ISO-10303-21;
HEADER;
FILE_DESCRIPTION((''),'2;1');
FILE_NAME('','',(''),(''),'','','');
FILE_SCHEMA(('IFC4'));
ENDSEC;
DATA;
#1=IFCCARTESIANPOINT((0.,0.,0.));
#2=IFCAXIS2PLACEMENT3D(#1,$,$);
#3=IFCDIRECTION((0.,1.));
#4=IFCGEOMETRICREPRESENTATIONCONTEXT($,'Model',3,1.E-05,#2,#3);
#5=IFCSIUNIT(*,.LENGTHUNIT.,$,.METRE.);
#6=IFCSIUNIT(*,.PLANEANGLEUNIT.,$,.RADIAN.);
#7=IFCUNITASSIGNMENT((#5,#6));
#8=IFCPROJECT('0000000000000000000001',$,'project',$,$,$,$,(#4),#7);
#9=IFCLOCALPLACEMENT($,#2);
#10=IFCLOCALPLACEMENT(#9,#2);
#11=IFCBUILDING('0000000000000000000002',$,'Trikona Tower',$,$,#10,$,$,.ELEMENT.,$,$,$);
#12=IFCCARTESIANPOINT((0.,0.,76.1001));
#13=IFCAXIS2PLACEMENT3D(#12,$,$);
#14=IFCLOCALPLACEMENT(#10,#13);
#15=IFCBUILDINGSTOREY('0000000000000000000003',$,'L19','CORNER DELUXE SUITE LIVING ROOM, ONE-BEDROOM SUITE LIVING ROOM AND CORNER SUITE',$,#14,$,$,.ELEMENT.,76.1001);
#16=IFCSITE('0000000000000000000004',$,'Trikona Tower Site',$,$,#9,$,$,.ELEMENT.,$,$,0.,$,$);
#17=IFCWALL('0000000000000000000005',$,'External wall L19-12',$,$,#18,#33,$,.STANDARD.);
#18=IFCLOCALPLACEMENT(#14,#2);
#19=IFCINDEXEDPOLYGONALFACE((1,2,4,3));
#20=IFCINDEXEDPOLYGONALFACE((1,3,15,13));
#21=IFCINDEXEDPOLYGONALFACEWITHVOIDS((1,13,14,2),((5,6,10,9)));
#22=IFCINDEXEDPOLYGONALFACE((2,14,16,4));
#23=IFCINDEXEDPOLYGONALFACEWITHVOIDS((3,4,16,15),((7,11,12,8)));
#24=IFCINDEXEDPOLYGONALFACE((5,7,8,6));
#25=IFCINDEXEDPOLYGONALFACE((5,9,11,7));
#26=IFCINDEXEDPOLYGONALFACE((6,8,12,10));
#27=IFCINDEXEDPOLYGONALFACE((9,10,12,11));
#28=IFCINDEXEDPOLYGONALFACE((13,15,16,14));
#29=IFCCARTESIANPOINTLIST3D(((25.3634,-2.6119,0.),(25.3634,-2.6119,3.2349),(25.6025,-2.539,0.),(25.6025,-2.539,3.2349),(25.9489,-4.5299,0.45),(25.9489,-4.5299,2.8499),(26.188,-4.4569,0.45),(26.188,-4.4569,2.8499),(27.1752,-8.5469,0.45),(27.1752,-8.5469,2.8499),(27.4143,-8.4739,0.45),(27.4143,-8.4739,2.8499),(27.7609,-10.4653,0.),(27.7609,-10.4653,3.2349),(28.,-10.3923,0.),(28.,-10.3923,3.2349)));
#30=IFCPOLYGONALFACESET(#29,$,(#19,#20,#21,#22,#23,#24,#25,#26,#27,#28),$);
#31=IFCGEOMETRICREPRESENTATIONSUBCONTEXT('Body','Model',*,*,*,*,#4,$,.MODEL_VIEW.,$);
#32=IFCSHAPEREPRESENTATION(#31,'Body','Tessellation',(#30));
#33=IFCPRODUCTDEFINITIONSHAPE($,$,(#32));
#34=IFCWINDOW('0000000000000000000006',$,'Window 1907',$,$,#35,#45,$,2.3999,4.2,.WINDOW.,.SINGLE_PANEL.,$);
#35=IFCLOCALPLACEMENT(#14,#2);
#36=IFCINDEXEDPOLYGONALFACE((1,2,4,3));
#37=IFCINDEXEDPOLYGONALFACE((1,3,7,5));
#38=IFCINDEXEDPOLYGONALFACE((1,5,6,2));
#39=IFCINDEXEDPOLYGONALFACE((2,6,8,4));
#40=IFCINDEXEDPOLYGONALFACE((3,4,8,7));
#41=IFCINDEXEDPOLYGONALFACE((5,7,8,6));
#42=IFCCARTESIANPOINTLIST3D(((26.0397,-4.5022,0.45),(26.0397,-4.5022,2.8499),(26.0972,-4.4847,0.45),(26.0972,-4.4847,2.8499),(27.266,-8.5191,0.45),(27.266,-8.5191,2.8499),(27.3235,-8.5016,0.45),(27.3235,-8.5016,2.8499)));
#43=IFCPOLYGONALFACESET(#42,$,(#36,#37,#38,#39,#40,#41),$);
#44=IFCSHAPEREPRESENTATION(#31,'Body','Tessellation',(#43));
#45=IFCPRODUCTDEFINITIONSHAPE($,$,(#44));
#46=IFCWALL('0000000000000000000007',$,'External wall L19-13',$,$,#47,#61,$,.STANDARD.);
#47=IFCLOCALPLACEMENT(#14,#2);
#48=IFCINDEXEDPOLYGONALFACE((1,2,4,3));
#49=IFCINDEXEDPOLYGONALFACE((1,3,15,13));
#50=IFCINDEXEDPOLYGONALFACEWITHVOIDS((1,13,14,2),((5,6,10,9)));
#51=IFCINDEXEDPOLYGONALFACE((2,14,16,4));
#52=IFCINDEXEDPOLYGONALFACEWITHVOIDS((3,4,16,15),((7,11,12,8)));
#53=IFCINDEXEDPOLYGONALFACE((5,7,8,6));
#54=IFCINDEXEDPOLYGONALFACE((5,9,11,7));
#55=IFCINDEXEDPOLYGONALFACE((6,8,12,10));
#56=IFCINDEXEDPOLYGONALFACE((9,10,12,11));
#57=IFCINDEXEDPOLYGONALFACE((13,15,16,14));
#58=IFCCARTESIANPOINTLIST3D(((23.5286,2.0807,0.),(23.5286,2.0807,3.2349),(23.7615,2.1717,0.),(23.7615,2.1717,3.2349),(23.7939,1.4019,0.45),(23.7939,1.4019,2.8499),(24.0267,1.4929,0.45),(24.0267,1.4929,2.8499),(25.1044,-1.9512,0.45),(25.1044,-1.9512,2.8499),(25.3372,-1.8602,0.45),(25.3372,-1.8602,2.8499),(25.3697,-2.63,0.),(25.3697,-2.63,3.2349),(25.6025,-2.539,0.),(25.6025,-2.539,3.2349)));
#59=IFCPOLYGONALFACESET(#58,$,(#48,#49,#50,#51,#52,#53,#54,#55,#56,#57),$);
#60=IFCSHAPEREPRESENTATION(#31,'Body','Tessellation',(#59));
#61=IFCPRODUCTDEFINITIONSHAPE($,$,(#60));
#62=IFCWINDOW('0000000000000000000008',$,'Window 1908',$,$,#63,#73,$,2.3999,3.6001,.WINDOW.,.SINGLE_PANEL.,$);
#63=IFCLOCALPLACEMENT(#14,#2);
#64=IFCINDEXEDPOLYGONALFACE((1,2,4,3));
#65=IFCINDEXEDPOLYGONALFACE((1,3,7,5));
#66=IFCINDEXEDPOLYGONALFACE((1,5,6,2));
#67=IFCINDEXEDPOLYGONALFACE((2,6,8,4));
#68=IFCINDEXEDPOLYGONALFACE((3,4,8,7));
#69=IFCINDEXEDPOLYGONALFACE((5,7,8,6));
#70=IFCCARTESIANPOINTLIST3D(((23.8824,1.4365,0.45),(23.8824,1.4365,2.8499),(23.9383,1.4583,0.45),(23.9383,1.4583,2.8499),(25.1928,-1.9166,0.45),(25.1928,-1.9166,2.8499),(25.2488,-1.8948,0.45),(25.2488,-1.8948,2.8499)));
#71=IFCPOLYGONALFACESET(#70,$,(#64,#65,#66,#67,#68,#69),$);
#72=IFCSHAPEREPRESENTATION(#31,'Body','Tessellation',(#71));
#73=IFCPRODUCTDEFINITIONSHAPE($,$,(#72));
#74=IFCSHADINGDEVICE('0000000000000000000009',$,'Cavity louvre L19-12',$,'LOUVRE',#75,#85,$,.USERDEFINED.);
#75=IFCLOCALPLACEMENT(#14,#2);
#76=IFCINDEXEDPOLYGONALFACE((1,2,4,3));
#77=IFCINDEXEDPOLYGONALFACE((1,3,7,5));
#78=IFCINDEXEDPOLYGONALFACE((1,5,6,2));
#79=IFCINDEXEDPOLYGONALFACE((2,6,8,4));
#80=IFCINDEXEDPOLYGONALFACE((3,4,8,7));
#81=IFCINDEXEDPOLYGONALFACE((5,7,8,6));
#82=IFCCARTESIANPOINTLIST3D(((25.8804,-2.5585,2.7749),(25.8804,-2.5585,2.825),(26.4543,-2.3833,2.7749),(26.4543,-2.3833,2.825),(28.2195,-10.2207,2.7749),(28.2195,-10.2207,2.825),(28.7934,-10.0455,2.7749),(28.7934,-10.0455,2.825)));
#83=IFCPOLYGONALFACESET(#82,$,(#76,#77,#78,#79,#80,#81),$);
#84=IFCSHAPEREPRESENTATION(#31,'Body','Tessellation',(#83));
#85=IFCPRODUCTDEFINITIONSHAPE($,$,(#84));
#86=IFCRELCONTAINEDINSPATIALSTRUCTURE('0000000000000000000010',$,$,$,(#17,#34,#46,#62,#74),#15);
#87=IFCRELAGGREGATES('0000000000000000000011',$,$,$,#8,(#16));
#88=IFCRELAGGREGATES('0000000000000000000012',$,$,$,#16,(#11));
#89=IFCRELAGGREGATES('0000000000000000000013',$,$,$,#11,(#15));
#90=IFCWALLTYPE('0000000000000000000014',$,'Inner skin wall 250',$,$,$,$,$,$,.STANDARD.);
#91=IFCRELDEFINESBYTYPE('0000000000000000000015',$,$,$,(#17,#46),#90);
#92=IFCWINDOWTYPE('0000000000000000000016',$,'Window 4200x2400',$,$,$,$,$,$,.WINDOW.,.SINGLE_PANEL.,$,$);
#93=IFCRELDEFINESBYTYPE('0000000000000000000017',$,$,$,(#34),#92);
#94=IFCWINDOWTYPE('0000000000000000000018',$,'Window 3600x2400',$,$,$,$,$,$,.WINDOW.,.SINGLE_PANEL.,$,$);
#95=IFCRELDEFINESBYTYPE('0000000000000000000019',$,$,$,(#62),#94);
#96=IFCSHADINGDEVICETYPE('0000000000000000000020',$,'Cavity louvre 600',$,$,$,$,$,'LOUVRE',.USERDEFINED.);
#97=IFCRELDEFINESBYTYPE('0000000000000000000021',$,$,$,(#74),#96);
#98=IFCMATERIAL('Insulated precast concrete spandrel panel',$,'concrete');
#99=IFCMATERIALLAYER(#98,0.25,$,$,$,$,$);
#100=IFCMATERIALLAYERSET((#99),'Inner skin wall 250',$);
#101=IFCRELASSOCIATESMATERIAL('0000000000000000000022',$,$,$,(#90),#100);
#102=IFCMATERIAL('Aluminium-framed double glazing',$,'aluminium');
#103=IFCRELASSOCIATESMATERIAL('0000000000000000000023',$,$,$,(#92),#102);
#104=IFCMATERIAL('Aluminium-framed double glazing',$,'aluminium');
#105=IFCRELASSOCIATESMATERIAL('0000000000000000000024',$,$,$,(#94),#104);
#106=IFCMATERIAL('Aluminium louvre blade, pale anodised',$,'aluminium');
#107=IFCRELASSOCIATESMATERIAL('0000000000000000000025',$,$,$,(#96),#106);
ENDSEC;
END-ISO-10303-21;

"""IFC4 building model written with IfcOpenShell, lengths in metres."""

from ifc_helpers import new_model, si_unit, direction, frame, frame_2d, origin, origin_2d, place, context, subcontext, project, spatial, rectangle, extrude, material, layer, layer_set, type_object, element, fill, save


model = new_model("IFC4")

# Units and contexts
model_context = context("Model", 3, precision=1e-05, world=origin(), true_north=direction((0.0, 1.0)))
body_context = subcontext(model_context, "Body", "Model", "MODEL_VIEW")
ifc_project = project(units=[si_unit("LENGTHUNIT", "METRE"), si_unit("PLANEANGLEUNIT", "RADIAN")], contexts=[model_context])

# Site, building, storey
site_placement = place(None, origin())
site = spatial("IfcSite", under=ifc_project, at=site_placement, Name="Trikona Tower Site", CompositionType="ELEMENT", RefElevation=0.0)
building_placement = place(site_placement, origin())
building = spatial("IfcBuilding", under=site, at=building_placement, Name="Trikona Tower", CompositionType="ELEMENT")
storey_placement = place(building_placement, frame((0.0, 0.0, 76.1001)))
storey = spatial("IfcBuildingStorey", under=building, at=storey_placement, Name="L19", Description="CORNER DELUXE SUITE LIVING ROOM, ONE-BEDROOM SUITE LIVING ROOM AND CORNER SUITE", CompositionType="ELEMENT", Elevation=76.1001)

# Walls, openings, windows
ifc_material_1 = material(Name="Insulated precast concrete spandrel panel", Category="concrete")
ifc_layer_1 = layer(ifc_material_1, 0.25)
ifc_layer_set_1 = layer_set([ifc_layer_1], Name="Inner skin wall 250")
wall_type = type_object("IfcWallType", Name="Inner skin wall 250", PredefinedType="STANDARD", material=ifc_layer_set_1)
wall_1_placement = place(storey_placement, frame((27.8804, -10.4287, 0.0), z_axis=(0.0, 0.0, 1.0), x_axis=(-0.291979, 0.956425, 0.0)))
wall_1 = element("IfcWall", 1, at=wall_1_placement, inside=storey, type_object=wall_type, Name="External wall L19-12", PredefinedType="STANDARD", context=body_context, shape_type="SweptSolid", body=[
    extrude(rectangle(XDim=8.2112, YDim=0.25, at=frame_2d((4.1055, 0.0))), origin(), (0.0, 0.0, 1.0), 3.2349),
])
opening_1_placement = place(wall_1_placement, frame((2.0056, 0.0, 0.45)))
opening_1 = element("IfcOpeningElement", 2, at=opening_1_placement, cuts=wall_1, PredefinedType="OPENING", context=body_context, shape_type="SweptSolid", body=[
    extrude(rectangle(XDim=4.2, YDim=2.3999, at=frame_2d((2.1001, 1.2))), frame((0.0, 0.135, 0.0), z_axis=(0.0, -1.0, 0.0), x_axis=(1.0, 0.0, 0.0)), (0.0, 0.0, 1.0), 0.27),
])
ifc_material_2 = material(Name="Aluminium-framed double glazing", Category="aluminium")
window_type_1 = type_object("IfcWindowType", Name="Window 4200x2400", PartitioningType="SINGLE_PANEL", PredefinedType="WINDOW", material=ifc_material_2)
window_1_placement = place(opening_1_placement, origin())
window_1 = element("IfcWindow", 3, at=window_1_placement, inside=storey, type_object=window_type_1, Name="Window 1907", OverallHeight=2.3999, OverallWidth=4.2, PartitioningType="SINGLE_PANEL", PredefinedType="WINDOW", context=body_context, shape_type="SweptSolid", body=[
    extrude(rectangle(XDim=4.2, YDim=2.3999, at=frame_2d((2.1001, 1.2))), frame((0.0, 0.03, 0.0), z_axis=(0.0, -1.0, 0.0), x_axis=(1.0, 0.0, 0.0)), (0.0, 0.0, 1.0), 0.0601),
])
fill(opening_1, window_1)
wall_2_placement = place(storey_placement, frame((25.4861, -2.5845, 0.0), z_axis=(0.0, 0.0, 1.0), x_axis=(-0.364013, 0.931394, 0.0)))
wall_2 = element("IfcWall", 4, at=wall_2_placement, inside=storey, type_object=wall_type, Name="External wall L19-13", PredefinedType="STANDARD", context=body_context, shape_type="SweptSolid", body=[
    extrude(rectangle(XDim=5.0576, YDim=0.25, at=frame_2d((2.5288, 0.0))), origin(), (0.0, 0.0, 1.0), 3.2349),
])
opening_2_placement = place(wall_2_placement, frame((0.7288, 0.0, 0.45)))
opening_2 = element("IfcOpeningElement", 5, at=opening_2_placement, cuts=wall_2, PredefinedType="OPENING", context=body_context, shape_type="SweptSolid", body=[
    extrude(rectangle(XDim=3.6001, YDim=2.3999, at=frame_2d((1.8, 1.2))), frame((0.0, 0.135, 0.0), z_axis=(0.0, -1.0, 0.0), x_axis=(1.0, 0.0, 0.0)), (0.0, 0.0, 1.0), 0.27),
])
ifc_material_3 = material(Name="Aluminium-framed double glazing", Category="aluminium")
window_type_2 = type_object("IfcWindowType", Name="Window 3600x2400", PartitioningType="SINGLE_PANEL", PredefinedType="WINDOW", material=ifc_material_3)
window_2_placement = place(opening_2_placement, origin())
window_2 = element("IfcWindow", 6, at=window_2_placement, inside=storey, type_object=window_type_2, Name="Window 1908", OverallHeight=2.3999, OverallWidth=3.6001, PartitioningType="SINGLE_PANEL", PredefinedType="WINDOW", context=body_context, shape_type="SweptSolid", body=[
    extrude(rectangle(XDim=3.6001, YDim=2.3999, at=frame_2d((1.8, 1.2))), frame((0.0, 0.03, 0.0), z_axis=(0.0, -1.0, 0.0), x_axis=(1.0, 0.0, 0.0)), (0.0, 0.0, 1.0), 0.0601),
])
fill(opening_2, window_2)

# Shading device
ifc_material_4 = material(Name="Aluminium louvre blade, pale anodised", Category="aluminium")
shading_device_type = type_object("IfcShadingDeviceType", Name="Cavity louvre 600", ElementType="LOUVRE", PredefinedType="USERDEFINED", material=ifc_material_4)
shading_device_placement = place(storey_placement, frame((27.3369, -6.302, 2.7749), z_axis=(0.0, 0.0, 1.0), x_axis=(-0.291979, 0.956425, 0.0)))
element("IfcShadingDevice", 7, at=shading_device_placement, inside=storey, type_object=shading_device_type, Name="Cavity louvre L19-12", ObjectType="LOUVRE", PredefinedType="USERDEFINED", context=body_context, shape_type="SweptSolid", body=[
    extrude(rectangle(XDim=8.0112, YDim=0.6001, at=origin_2d()), origin(), (0.0, 0.0, 1.0), 0.05),
])

save(model, "model.ifc")
